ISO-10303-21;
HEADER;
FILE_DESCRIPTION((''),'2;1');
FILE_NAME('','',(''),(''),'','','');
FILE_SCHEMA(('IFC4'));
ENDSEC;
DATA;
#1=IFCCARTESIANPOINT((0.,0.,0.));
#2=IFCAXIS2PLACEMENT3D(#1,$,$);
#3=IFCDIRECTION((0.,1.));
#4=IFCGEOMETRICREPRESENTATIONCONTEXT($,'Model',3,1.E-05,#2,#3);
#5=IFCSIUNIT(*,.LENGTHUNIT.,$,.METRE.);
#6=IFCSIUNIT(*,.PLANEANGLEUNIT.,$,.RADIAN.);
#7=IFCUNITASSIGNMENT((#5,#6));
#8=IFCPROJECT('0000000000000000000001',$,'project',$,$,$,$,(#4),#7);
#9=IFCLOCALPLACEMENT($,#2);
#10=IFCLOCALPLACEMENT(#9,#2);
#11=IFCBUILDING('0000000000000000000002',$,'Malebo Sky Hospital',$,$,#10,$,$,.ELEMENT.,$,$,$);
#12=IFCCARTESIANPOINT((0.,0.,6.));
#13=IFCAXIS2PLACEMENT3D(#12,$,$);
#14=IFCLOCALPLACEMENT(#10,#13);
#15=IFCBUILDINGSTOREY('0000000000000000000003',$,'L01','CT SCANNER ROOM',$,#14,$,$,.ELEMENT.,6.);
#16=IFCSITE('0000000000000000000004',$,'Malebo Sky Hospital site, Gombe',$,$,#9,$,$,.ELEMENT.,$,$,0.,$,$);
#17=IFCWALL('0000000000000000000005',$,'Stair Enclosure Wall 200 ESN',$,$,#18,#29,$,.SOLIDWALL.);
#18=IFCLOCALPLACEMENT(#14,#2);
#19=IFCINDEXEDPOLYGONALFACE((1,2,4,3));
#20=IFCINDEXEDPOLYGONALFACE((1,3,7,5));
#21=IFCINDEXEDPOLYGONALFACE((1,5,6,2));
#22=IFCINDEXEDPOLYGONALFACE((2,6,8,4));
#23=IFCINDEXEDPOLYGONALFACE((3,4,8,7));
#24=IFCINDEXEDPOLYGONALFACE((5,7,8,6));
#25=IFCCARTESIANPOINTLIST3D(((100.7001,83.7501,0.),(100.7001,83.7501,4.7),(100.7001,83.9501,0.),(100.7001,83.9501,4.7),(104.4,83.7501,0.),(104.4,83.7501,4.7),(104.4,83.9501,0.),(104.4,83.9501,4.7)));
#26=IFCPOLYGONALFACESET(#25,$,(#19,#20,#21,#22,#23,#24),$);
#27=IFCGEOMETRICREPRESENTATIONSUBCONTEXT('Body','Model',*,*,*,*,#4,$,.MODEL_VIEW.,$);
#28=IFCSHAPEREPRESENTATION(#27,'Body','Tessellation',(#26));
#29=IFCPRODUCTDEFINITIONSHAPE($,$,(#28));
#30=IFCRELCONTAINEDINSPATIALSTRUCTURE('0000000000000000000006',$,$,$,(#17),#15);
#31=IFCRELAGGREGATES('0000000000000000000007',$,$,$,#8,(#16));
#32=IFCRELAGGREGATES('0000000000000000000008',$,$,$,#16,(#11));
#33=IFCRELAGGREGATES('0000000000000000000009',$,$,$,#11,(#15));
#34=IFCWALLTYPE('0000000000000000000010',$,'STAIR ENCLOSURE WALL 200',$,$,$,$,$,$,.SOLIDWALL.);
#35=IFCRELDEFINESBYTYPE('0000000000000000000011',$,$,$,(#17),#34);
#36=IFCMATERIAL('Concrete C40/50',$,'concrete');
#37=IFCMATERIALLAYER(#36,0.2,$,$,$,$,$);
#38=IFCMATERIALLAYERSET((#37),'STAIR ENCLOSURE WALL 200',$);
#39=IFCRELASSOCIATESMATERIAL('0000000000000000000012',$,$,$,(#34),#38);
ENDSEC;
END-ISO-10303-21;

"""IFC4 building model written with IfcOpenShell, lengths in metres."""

from ifc_helpers import new_model, si_unit, direction, frame, frame_2d, origin, place, context, subcontext, project, spatial, rectangle, extrude, material, layer, layer_set, type_object, element, save


model = new_model("IFC4")

# Units and contexts
model_context = context("Model", 3, precision=1e-05, world=origin(), true_north=direction((0.0, 1.0)))
body_context = subcontext(model_context, "Body", "Model", "MODEL_VIEW")
ifc_project = project(units=[si_unit("LENGTHUNIT", "METRE"), si_unit("PLANEANGLEUNIT", "RADIAN")], contexts=[model_context])

# Site, building, storey
site_placement = place(None, origin())
site = spatial("IfcSite", under=ifc_project, at=site_placement, Name="Malebo Sky Hospital site, Gombe", CompositionType="ELEMENT", RefElevation=0.0)
building_placement = place(site_placement, origin())
building = spatial("IfcBuilding", under=site, at=building_placement, Name="Malebo Sky Hospital", CompositionType="ELEMENT")
storey_placement = place(building_placement, frame((0.0, 0.0, 6.0)))
storey = spatial("IfcBuildingStorey", under=building, at=storey_placement, Name="L01", Description="CT SCANNER ROOM", CompositionType="ELEMENT", Elevation=6.0)

# Wall
ifc_material_1 = material(Name="Concrete C40/50", Category="concrete")
ifc_layer_1 = layer(ifc_material_1, 0.2)
ifc_layer_set_1 = layer_set([ifc_layer_1], Name="STAIR ENCLOSURE WALL 200")
wall_type_1 = type_object("IfcWallType", Name="STAIR ENCLOSURE WALL 200", PredefinedType="SOLIDWALL", material=ifc_layer_set_1)
wall_1_placement = place(storey_placement, frame((100.7, 83.8501, 0.0), z_axis=(0.0, 0.0, 1.0), x_axis=(1.0, 0.0, 0.0)))
element("IfcWall", 1, at=wall_1_placement, inside=storey, type_object=wall_type_1, Name="Stair Enclosure Wall 200 ESN", PredefinedType="SOLIDWALL", context=body_context, shape_type="SweptSolid", body=[
    extrude(rectangle(XDim=3.7, YDim=0.2, at=frame_2d((1.8501, 0.0))), origin(), (0.0, 0.0, 1.0), 4.7),
])

save(model, "model.ifc")
